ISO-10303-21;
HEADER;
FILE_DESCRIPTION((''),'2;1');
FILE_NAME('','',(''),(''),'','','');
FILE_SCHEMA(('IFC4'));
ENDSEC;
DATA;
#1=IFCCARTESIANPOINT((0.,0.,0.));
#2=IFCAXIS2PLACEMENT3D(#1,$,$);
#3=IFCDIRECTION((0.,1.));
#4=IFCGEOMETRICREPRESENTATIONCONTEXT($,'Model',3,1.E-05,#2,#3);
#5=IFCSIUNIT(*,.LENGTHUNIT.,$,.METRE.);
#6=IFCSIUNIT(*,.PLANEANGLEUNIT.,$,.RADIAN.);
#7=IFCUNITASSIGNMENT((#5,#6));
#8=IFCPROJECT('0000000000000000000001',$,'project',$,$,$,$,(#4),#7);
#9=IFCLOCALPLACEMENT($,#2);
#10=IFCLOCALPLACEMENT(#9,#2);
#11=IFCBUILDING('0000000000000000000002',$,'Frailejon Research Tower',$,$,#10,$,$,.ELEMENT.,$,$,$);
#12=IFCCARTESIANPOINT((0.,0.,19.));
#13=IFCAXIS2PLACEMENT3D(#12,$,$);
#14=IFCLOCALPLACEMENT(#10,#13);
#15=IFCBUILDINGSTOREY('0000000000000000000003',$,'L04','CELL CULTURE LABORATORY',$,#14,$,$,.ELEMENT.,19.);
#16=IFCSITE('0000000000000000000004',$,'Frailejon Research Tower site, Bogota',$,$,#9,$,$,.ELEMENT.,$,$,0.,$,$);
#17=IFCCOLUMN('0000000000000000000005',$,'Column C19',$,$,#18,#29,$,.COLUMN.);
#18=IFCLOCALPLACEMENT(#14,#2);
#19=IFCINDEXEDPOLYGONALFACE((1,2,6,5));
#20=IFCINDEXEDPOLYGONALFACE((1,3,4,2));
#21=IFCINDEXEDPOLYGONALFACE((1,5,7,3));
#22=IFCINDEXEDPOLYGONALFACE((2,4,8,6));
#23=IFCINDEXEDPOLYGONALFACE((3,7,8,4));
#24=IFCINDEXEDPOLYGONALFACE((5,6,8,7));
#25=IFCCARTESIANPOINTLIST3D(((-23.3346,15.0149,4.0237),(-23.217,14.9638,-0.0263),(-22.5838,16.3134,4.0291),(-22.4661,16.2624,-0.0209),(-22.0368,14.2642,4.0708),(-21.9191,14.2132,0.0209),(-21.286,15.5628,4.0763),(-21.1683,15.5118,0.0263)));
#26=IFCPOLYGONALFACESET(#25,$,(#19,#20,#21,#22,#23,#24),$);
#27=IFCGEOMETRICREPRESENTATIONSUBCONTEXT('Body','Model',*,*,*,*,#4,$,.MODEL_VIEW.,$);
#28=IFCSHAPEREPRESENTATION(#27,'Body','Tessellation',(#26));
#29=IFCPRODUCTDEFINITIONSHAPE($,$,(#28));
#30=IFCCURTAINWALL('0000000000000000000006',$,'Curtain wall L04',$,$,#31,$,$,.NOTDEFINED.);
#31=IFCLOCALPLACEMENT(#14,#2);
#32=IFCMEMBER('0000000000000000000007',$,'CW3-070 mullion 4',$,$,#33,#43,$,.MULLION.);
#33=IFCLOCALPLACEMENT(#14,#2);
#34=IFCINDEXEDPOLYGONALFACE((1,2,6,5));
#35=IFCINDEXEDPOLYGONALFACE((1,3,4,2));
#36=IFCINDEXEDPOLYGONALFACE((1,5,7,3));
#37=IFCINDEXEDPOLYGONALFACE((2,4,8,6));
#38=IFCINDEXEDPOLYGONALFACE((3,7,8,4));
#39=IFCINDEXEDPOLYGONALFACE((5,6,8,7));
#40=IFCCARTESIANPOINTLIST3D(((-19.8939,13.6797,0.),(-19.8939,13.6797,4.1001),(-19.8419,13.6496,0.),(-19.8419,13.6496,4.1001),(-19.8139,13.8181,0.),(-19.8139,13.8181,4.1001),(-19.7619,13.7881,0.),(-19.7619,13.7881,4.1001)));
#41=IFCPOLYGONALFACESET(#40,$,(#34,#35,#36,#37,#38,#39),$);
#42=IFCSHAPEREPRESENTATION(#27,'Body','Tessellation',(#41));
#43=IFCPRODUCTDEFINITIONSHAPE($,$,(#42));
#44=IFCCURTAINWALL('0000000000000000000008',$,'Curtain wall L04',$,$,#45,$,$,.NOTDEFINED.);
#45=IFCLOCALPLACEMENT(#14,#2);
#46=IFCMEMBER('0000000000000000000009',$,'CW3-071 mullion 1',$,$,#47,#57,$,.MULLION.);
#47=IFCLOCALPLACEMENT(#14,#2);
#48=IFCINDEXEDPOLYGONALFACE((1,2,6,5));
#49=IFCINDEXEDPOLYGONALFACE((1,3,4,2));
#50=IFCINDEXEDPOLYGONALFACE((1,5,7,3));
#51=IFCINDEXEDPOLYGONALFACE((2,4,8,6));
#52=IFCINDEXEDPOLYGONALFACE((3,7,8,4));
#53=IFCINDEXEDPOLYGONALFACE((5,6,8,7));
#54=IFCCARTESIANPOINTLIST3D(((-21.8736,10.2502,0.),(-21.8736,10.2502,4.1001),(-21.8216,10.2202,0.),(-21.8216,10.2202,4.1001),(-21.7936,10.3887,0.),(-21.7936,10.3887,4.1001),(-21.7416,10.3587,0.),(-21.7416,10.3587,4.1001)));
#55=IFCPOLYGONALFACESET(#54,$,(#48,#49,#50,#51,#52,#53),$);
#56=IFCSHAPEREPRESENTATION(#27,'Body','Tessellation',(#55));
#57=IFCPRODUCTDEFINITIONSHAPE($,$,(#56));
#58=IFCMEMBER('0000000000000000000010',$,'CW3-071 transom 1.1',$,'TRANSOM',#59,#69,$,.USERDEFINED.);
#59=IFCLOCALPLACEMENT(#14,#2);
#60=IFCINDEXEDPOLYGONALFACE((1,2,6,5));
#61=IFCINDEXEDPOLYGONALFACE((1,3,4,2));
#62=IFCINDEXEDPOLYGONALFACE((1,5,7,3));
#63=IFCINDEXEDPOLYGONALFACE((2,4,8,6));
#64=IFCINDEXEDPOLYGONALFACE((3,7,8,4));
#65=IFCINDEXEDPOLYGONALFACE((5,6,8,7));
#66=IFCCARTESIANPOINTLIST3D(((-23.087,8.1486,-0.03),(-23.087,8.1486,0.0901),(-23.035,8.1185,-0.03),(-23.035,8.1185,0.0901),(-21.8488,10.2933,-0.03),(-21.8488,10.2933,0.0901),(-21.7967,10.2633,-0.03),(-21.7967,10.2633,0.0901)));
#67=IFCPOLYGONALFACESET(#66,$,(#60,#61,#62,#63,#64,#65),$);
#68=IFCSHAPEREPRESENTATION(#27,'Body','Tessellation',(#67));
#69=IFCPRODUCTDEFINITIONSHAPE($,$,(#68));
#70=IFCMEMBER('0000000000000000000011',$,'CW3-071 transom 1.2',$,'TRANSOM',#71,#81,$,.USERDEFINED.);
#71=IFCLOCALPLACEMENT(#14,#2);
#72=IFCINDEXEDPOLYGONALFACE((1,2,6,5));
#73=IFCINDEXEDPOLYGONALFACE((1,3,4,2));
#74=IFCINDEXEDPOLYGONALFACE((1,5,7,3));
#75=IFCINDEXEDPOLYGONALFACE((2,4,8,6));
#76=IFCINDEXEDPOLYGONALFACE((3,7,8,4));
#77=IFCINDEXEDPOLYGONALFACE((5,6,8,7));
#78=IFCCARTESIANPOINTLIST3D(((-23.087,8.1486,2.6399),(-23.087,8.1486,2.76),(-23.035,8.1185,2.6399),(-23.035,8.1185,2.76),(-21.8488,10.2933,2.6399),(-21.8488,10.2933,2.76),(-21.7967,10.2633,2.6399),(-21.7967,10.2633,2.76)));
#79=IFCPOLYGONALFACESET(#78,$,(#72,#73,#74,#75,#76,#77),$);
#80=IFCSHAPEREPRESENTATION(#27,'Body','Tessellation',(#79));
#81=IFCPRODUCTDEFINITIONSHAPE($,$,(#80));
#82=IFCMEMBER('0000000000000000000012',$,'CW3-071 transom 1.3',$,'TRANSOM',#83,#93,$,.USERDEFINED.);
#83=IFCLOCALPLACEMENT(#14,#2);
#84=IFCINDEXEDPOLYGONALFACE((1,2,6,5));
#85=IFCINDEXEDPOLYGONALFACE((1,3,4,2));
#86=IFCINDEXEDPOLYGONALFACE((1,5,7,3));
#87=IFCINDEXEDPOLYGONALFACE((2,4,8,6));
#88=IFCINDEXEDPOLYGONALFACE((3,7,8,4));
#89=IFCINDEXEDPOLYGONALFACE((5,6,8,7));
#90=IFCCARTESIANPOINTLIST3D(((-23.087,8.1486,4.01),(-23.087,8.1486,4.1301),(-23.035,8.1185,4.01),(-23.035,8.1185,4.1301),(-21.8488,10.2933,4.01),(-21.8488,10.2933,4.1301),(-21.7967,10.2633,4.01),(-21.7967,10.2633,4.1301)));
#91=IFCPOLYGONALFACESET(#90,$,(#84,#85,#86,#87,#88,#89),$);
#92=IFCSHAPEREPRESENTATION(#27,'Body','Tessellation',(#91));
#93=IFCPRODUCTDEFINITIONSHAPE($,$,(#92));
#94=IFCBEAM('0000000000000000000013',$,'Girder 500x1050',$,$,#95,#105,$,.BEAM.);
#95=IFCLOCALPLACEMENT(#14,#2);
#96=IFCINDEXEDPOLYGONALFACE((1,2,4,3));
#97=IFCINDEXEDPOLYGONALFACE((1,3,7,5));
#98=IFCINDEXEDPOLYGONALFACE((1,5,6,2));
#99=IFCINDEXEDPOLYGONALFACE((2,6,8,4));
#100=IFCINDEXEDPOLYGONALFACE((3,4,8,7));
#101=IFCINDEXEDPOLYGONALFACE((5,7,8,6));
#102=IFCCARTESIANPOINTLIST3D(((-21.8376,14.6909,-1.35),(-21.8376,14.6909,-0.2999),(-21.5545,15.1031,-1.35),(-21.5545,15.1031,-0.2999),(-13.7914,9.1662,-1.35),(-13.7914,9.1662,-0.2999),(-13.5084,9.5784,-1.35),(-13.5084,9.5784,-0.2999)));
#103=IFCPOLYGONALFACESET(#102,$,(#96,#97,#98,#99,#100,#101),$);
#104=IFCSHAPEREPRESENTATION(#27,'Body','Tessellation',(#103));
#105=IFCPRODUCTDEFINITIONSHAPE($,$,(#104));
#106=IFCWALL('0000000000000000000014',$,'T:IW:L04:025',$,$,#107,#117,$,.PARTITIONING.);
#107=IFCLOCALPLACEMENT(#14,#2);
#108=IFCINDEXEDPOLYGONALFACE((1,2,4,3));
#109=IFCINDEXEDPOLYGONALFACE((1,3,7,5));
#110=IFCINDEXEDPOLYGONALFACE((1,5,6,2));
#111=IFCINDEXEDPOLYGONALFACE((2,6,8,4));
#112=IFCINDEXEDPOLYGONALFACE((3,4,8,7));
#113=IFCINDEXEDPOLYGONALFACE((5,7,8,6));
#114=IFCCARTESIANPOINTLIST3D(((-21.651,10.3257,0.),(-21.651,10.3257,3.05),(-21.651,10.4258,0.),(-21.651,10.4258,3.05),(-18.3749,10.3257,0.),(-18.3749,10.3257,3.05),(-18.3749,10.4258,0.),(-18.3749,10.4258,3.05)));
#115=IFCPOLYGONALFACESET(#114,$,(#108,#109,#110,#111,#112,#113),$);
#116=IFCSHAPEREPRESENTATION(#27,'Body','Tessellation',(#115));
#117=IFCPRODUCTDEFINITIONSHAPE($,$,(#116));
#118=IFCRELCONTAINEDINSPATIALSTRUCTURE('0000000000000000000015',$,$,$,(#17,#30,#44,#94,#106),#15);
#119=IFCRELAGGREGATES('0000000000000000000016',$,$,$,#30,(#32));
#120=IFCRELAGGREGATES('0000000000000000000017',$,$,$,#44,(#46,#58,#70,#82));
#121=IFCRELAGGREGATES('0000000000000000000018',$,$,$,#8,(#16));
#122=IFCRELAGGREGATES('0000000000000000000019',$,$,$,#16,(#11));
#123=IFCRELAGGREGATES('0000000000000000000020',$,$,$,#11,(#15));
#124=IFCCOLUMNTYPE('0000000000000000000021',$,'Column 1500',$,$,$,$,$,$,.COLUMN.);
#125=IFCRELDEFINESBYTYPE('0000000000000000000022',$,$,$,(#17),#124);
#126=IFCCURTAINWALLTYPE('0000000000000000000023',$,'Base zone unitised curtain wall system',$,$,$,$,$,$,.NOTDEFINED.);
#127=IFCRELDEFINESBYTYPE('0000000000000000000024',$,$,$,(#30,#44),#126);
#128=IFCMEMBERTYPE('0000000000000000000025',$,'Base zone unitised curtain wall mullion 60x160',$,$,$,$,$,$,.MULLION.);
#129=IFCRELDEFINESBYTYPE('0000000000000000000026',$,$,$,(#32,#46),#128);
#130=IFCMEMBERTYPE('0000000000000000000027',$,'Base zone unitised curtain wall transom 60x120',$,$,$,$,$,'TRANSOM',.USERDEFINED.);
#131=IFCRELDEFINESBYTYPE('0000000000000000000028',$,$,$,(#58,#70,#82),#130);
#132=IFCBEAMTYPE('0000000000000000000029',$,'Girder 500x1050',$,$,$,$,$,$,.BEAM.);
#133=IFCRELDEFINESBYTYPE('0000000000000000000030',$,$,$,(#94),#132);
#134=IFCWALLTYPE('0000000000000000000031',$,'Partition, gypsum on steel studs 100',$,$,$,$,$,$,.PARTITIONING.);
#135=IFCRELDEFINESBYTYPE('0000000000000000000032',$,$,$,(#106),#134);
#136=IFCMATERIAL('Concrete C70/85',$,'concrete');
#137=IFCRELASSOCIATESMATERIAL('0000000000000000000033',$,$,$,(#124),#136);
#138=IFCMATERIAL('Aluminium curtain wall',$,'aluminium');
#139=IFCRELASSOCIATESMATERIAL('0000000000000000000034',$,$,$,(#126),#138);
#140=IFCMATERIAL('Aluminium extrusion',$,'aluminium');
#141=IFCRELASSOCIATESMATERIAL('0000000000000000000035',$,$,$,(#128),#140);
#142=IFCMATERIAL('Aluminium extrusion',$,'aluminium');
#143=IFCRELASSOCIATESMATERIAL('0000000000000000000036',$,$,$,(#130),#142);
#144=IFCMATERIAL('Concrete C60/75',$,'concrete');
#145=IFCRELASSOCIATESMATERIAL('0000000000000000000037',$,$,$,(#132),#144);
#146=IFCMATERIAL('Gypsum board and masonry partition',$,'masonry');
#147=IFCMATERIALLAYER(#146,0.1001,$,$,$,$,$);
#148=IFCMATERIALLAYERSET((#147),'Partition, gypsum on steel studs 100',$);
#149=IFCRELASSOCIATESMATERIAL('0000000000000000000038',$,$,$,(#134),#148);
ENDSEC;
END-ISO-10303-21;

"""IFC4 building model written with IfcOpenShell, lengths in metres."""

from ifc_helpers import new_model, si_unit, direction, frame, frame_2d, origin, origin_2d, place, context, subcontext, project, spatial, rectangle, extrude, material, layer, layer_set, material_profile, profile_set, type_object, element, aggregate, save


model = new_model("IFC4")

# Units and contexts
model_context = context("Model", 3, precision=1e-05, world=origin(), true_north=direction((0.0, 1.0)))
body_context = subcontext(model_context, "Body", "Model", "MODEL_VIEW")
ifc_project = project(units=[si_unit("LENGTHUNIT", "METRE"), si_unit("PLANEANGLEUNIT", "RADIAN")], contexts=[model_context])

# Site, building, storey
site_placement = place(None, origin())
site = spatial("IfcSite", under=ifc_project, at=site_placement, Name="Frailejon Research Tower site, Bogota", CompositionType="ELEMENT", RefElevation=0.0)
building_placement = place(site_placement, origin())
building = spatial("IfcBuilding", under=site, at=building_placement, Name="Frailejon Research Tower", CompositionType="ELEMENT")
storey_placement = place(building_placement, frame((0.0, 0.0, 19.0)))
storey = spatial("IfcBuildingStorey", under=building, at=storey_placement, Name="L04", Description="CELL CULTURE LABORATORY", CompositionType="ELEMENT", Elevation=19.0)

# Column
ifc_material_1 = material(Name="Concrete C70/85", Category="concrete")
ifc_material_profile_1 = material_profile(ifc_material_1, rectangle(XDim=1.5, YDim=1.5, at=origin_2d()), Name="Column 1500")
ifc_profile_set_1 = profile_set([ifc_material_profile_1], Name="Concrete C70/85")
column_type = type_object("IfcColumnType", Name="Column 1500", PredefinedType="COLUMN", material=ifc_profile_set_1)
column_placement = place(storey_placement, frame((-22.1926, 15.2378, 0.0), z_axis=(-0.029041, 0.012592, 0.999499), x_axis=(-0.500555, -0.865697, -0.003637)))
element("IfcColumn", 1, at=column_placement, inside=storey, type_object=column_type, Name="Column C19", PredefinedType="COLUMN", context=body_context, shape_type="SweptSolid", body=[
    extrude(rectangle(XDim=1.5, YDim=1.5, at=origin_2d()), origin(), (0.0, 0.0, 1.0), 4.052),
])

# Curtain wall, member
ifc_material_2 = material(Name="Aluminium curtain wall", Category="aluminium")
curtain_wall_type = type_object("IfcCurtainWallType", Name="Base zone unitised curtain wall system", PredefinedType="NOTDEFINED", material=ifc_material_2)
curtain_wall_1_placement = place(storey_placement, origin())
curtain_wall_1 = element("IfcCurtainWall", 2, at=curtain_wall_1_placement, inside=storey, type_object=curtain_wall_type, Name="Curtain wall L04", PredefinedType="NOTDEFINED")
ifc_material_3 = material(Name="Aluminium extrusion", Category="aluminium")
ifc_material_profile_2 = material_profile(ifc_material_3, rectangle(XDim=0.0601, YDim=0.1599, at=origin_2d()), Name="Base zone unitised curtain wall mullion 60x160")
ifc_profile_set_2 = profile_set([ifc_material_profile_2], Name="Aluminium extrusion")
member_type_1 = type_object("IfcMemberType", Name="Base zone unitised curtain wall mullion 60x160", PredefinedType="MULLION", material=ifc_profile_set_2)
member_1_placement = place(storey_placement, frame((-19.8279, 13.7339, 0.0), z_axis=(0.0, 0.0, 1.0), x_axis=(0.866028, -0.499996, 0.0)))
member_1 = element("IfcMember", 3, at=member_1_placement, type_object=member_type_1, Name="CW3-070 mullion 4", PredefinedType="MULLION", context=body_context, shape_type="SweptSolid", body=[
    extrude(rectangle(XDim=0.0601, YDim=0.1599, at=origin_2d()), origin(), (0.0, 0.0, 1.0), 4.1001),
])
aggregate(curtain_wall_1, [member_1])

# Curtain wall, members
curtain_wall_2_placement = place(storey_placement, origin())
curtain_wall_2 = element("IfcCurtainWall", 4, at=curtain_wall_2_placement, inside=storey, type_object=curtain_wall_type, Name="Curtain wall L04", PredefinedType="NOTDEFINED")
member_2_placement = place(storey_placement, frame((-21.8076, 10.3044, 0.0), z_axis=(0.0, 0.0, 1.0), x_axis=(0.866025, -0.500001, 0.0)))
member_2 = element("IfcMember", 5, at=member_2_placement, type_object=member_type_1, Name="CW3-071 mullion 1", PredefinedType="MULLION", context=body_context, shape_type="SweptSolid", body=[
    extrude(rectangle(XDim=0.0601, YDim=0.1599, at=origin_2d()), origin(), (0.0, 0.0, 1.0), 4.1001),
])
ifc_material_4 = material(Name="Aluminium extrusion", Category="aluminium")
ifc_material_profile_3 = material_profile(ifc_material_4, rectangle(XDim=0.0601, YDim=0.1201, at=origin_2d()), Name="Base zone unitised curtain wall transom 60x120")
ifc_profile_set_3 = profile_set([ifc_material_profile_3], Name="Aluminium extrusion")
member_type_2 = type_object("IfcMemberType", Name="Base zone unitised curtain wall transom 60x120", ElementType="TRANSOM", PredefinedType="USERDEFINED", material=ifc_profile_set_3)
member_3_placement = place(storey_placement, frame((-21.8228, 10.2783, 0.03), z_axis=(-0.499998, -0.866026, 0.0), x_axis=(0.866026, -0.499998, 0.0)))
member_3 = element("IfcMember", 6, at=member_3_placement, type_object=member_type_2, Name="CW3-071 transom 1.1", ObjectType="TRANSOM", PredefinedType="USERDEFINED", context=body_context, shape_type="SweptSolid", body=[
    extrude(rectangle(XDim=0.0601, YDim=0.1201, at=origin_2d()), origin(), (0.0, 0.0, 1.0), 2.4766),
])
member_4_placement = place(storey_placement, frame((-21.8228, 10.2783, 2.7), z_axis=(-0.499998, -0.866026, 0.0), x_axis=(0.866026, -0.499998, 0.0)))
member_4 = element("IfcMember", 7, at=member_4_placement, type_object=member_type_2, Name="CW3-071 transom 1.2", ObjectType="TRANSOM", PredefinedType="USERDEFINED", context=body_context, shape_type="SweptSolid", body=[
    extrude(rectangle(XDim=0.0601, YDim=0.1201, at=origin_2d()), origin(), (0.0, 0.0, 1.0), 2.4766),
])
member_5_placement = place(storey_placement, frame((-21.8228, 10.2783, 4.0701), z_axis=(-0.499998, -0.866026, 0.0), x_axis=(0.866026, -0.499998, 0.0)))
member_5 = element("IfcMember", 8, at=member_5_placement, type_object=member_type_2, Name="CW3-071 transom 1.3", ObjectType="TRANSOM", PredefinedType="USERDEFINED", context=body_context, shape_type="SweptSolid", body=[
    extrude(rectangle(XDim=0.0601, YDim=0.1201, at=origin_2d()), origin(), (0.0, 0.0, 1.0), 2.4766),
])
aggregate(curtain_wall_2, [member_2, member_3, member_4, member_5])

# Beam
ifc_material_5 = material(Name="Concrete C60/75", Category="concrete")
ifc_material_profile_4 = material_profile(ifc_material_5, rectangle(XDim=0.5, YDim=1.05, at=origin_2d()), Name="Girder 500x1050")
ifc_profile_set_4 = profile_set([ifc_material_profile_4], Name="Concrete C60/75")
beam_type = type_object("IfcBeamType", Name="Girder 500x1050", PredefinedType="BEAM", material=ifc_profile_set_4)
beam_placement = place(storey_placement, frame((-21.696, 14.897, -0.825), z_axis=(0.82438, -0.566037, 0.0), x_axis=(0.566037, 0.82438, 0.0)))
element("IfcBeam", 9, at=beam_placement, inside=storey, type_object=beam_type, Name="Girder 500x1050", PredefinedType="BEAM", context=body_context, shape_type="SweptSolid", body=[
    extrude(rectangle(XDim=0.5, YDim=1.05, at=origin_2d()), origin(), (0.0, 0.0, 1.0), 9.7603),
])

# Wall
ifc_material_6 = material(Name="Gypsum board and masonry partition", Category="masonry")
ifc_layer_1 = layer(ifc_material_6, 0.1001)
ifc_layer_set_1 = layer_set([ifc_layer_1], Name="Partition, gypsum on steel studs 100")
wall_type_1 = type_object("IfcWallType", Name="Partition, gypsum on steel studs 100", PredefinedType="PARTITIONING", material=ifc_layer_set_1)
wall_1_placement = place(storey_placement, frame((-21.6511, 10.3757, 0.0), z_axis=(0.0, 0.0, 1.0), x_axis=(1.0, 0.0, 0.0)))
element("IfcWall", 10, at=wall_1_placement, inside=storey, type_object=wall_type_1, Name="T:IW:L04:025", PredefinedType="PARTITIONING", context=body_context, shape_type="SweptSolid", body=[
    extrude(rectangle(XDim=3.2761, YDim=0.1001, at=frame_2d((1.6382, 0.0))), origin(), (0.0, 0.0, 1.0), 3.05),
])

save(model, "model.ifc")
